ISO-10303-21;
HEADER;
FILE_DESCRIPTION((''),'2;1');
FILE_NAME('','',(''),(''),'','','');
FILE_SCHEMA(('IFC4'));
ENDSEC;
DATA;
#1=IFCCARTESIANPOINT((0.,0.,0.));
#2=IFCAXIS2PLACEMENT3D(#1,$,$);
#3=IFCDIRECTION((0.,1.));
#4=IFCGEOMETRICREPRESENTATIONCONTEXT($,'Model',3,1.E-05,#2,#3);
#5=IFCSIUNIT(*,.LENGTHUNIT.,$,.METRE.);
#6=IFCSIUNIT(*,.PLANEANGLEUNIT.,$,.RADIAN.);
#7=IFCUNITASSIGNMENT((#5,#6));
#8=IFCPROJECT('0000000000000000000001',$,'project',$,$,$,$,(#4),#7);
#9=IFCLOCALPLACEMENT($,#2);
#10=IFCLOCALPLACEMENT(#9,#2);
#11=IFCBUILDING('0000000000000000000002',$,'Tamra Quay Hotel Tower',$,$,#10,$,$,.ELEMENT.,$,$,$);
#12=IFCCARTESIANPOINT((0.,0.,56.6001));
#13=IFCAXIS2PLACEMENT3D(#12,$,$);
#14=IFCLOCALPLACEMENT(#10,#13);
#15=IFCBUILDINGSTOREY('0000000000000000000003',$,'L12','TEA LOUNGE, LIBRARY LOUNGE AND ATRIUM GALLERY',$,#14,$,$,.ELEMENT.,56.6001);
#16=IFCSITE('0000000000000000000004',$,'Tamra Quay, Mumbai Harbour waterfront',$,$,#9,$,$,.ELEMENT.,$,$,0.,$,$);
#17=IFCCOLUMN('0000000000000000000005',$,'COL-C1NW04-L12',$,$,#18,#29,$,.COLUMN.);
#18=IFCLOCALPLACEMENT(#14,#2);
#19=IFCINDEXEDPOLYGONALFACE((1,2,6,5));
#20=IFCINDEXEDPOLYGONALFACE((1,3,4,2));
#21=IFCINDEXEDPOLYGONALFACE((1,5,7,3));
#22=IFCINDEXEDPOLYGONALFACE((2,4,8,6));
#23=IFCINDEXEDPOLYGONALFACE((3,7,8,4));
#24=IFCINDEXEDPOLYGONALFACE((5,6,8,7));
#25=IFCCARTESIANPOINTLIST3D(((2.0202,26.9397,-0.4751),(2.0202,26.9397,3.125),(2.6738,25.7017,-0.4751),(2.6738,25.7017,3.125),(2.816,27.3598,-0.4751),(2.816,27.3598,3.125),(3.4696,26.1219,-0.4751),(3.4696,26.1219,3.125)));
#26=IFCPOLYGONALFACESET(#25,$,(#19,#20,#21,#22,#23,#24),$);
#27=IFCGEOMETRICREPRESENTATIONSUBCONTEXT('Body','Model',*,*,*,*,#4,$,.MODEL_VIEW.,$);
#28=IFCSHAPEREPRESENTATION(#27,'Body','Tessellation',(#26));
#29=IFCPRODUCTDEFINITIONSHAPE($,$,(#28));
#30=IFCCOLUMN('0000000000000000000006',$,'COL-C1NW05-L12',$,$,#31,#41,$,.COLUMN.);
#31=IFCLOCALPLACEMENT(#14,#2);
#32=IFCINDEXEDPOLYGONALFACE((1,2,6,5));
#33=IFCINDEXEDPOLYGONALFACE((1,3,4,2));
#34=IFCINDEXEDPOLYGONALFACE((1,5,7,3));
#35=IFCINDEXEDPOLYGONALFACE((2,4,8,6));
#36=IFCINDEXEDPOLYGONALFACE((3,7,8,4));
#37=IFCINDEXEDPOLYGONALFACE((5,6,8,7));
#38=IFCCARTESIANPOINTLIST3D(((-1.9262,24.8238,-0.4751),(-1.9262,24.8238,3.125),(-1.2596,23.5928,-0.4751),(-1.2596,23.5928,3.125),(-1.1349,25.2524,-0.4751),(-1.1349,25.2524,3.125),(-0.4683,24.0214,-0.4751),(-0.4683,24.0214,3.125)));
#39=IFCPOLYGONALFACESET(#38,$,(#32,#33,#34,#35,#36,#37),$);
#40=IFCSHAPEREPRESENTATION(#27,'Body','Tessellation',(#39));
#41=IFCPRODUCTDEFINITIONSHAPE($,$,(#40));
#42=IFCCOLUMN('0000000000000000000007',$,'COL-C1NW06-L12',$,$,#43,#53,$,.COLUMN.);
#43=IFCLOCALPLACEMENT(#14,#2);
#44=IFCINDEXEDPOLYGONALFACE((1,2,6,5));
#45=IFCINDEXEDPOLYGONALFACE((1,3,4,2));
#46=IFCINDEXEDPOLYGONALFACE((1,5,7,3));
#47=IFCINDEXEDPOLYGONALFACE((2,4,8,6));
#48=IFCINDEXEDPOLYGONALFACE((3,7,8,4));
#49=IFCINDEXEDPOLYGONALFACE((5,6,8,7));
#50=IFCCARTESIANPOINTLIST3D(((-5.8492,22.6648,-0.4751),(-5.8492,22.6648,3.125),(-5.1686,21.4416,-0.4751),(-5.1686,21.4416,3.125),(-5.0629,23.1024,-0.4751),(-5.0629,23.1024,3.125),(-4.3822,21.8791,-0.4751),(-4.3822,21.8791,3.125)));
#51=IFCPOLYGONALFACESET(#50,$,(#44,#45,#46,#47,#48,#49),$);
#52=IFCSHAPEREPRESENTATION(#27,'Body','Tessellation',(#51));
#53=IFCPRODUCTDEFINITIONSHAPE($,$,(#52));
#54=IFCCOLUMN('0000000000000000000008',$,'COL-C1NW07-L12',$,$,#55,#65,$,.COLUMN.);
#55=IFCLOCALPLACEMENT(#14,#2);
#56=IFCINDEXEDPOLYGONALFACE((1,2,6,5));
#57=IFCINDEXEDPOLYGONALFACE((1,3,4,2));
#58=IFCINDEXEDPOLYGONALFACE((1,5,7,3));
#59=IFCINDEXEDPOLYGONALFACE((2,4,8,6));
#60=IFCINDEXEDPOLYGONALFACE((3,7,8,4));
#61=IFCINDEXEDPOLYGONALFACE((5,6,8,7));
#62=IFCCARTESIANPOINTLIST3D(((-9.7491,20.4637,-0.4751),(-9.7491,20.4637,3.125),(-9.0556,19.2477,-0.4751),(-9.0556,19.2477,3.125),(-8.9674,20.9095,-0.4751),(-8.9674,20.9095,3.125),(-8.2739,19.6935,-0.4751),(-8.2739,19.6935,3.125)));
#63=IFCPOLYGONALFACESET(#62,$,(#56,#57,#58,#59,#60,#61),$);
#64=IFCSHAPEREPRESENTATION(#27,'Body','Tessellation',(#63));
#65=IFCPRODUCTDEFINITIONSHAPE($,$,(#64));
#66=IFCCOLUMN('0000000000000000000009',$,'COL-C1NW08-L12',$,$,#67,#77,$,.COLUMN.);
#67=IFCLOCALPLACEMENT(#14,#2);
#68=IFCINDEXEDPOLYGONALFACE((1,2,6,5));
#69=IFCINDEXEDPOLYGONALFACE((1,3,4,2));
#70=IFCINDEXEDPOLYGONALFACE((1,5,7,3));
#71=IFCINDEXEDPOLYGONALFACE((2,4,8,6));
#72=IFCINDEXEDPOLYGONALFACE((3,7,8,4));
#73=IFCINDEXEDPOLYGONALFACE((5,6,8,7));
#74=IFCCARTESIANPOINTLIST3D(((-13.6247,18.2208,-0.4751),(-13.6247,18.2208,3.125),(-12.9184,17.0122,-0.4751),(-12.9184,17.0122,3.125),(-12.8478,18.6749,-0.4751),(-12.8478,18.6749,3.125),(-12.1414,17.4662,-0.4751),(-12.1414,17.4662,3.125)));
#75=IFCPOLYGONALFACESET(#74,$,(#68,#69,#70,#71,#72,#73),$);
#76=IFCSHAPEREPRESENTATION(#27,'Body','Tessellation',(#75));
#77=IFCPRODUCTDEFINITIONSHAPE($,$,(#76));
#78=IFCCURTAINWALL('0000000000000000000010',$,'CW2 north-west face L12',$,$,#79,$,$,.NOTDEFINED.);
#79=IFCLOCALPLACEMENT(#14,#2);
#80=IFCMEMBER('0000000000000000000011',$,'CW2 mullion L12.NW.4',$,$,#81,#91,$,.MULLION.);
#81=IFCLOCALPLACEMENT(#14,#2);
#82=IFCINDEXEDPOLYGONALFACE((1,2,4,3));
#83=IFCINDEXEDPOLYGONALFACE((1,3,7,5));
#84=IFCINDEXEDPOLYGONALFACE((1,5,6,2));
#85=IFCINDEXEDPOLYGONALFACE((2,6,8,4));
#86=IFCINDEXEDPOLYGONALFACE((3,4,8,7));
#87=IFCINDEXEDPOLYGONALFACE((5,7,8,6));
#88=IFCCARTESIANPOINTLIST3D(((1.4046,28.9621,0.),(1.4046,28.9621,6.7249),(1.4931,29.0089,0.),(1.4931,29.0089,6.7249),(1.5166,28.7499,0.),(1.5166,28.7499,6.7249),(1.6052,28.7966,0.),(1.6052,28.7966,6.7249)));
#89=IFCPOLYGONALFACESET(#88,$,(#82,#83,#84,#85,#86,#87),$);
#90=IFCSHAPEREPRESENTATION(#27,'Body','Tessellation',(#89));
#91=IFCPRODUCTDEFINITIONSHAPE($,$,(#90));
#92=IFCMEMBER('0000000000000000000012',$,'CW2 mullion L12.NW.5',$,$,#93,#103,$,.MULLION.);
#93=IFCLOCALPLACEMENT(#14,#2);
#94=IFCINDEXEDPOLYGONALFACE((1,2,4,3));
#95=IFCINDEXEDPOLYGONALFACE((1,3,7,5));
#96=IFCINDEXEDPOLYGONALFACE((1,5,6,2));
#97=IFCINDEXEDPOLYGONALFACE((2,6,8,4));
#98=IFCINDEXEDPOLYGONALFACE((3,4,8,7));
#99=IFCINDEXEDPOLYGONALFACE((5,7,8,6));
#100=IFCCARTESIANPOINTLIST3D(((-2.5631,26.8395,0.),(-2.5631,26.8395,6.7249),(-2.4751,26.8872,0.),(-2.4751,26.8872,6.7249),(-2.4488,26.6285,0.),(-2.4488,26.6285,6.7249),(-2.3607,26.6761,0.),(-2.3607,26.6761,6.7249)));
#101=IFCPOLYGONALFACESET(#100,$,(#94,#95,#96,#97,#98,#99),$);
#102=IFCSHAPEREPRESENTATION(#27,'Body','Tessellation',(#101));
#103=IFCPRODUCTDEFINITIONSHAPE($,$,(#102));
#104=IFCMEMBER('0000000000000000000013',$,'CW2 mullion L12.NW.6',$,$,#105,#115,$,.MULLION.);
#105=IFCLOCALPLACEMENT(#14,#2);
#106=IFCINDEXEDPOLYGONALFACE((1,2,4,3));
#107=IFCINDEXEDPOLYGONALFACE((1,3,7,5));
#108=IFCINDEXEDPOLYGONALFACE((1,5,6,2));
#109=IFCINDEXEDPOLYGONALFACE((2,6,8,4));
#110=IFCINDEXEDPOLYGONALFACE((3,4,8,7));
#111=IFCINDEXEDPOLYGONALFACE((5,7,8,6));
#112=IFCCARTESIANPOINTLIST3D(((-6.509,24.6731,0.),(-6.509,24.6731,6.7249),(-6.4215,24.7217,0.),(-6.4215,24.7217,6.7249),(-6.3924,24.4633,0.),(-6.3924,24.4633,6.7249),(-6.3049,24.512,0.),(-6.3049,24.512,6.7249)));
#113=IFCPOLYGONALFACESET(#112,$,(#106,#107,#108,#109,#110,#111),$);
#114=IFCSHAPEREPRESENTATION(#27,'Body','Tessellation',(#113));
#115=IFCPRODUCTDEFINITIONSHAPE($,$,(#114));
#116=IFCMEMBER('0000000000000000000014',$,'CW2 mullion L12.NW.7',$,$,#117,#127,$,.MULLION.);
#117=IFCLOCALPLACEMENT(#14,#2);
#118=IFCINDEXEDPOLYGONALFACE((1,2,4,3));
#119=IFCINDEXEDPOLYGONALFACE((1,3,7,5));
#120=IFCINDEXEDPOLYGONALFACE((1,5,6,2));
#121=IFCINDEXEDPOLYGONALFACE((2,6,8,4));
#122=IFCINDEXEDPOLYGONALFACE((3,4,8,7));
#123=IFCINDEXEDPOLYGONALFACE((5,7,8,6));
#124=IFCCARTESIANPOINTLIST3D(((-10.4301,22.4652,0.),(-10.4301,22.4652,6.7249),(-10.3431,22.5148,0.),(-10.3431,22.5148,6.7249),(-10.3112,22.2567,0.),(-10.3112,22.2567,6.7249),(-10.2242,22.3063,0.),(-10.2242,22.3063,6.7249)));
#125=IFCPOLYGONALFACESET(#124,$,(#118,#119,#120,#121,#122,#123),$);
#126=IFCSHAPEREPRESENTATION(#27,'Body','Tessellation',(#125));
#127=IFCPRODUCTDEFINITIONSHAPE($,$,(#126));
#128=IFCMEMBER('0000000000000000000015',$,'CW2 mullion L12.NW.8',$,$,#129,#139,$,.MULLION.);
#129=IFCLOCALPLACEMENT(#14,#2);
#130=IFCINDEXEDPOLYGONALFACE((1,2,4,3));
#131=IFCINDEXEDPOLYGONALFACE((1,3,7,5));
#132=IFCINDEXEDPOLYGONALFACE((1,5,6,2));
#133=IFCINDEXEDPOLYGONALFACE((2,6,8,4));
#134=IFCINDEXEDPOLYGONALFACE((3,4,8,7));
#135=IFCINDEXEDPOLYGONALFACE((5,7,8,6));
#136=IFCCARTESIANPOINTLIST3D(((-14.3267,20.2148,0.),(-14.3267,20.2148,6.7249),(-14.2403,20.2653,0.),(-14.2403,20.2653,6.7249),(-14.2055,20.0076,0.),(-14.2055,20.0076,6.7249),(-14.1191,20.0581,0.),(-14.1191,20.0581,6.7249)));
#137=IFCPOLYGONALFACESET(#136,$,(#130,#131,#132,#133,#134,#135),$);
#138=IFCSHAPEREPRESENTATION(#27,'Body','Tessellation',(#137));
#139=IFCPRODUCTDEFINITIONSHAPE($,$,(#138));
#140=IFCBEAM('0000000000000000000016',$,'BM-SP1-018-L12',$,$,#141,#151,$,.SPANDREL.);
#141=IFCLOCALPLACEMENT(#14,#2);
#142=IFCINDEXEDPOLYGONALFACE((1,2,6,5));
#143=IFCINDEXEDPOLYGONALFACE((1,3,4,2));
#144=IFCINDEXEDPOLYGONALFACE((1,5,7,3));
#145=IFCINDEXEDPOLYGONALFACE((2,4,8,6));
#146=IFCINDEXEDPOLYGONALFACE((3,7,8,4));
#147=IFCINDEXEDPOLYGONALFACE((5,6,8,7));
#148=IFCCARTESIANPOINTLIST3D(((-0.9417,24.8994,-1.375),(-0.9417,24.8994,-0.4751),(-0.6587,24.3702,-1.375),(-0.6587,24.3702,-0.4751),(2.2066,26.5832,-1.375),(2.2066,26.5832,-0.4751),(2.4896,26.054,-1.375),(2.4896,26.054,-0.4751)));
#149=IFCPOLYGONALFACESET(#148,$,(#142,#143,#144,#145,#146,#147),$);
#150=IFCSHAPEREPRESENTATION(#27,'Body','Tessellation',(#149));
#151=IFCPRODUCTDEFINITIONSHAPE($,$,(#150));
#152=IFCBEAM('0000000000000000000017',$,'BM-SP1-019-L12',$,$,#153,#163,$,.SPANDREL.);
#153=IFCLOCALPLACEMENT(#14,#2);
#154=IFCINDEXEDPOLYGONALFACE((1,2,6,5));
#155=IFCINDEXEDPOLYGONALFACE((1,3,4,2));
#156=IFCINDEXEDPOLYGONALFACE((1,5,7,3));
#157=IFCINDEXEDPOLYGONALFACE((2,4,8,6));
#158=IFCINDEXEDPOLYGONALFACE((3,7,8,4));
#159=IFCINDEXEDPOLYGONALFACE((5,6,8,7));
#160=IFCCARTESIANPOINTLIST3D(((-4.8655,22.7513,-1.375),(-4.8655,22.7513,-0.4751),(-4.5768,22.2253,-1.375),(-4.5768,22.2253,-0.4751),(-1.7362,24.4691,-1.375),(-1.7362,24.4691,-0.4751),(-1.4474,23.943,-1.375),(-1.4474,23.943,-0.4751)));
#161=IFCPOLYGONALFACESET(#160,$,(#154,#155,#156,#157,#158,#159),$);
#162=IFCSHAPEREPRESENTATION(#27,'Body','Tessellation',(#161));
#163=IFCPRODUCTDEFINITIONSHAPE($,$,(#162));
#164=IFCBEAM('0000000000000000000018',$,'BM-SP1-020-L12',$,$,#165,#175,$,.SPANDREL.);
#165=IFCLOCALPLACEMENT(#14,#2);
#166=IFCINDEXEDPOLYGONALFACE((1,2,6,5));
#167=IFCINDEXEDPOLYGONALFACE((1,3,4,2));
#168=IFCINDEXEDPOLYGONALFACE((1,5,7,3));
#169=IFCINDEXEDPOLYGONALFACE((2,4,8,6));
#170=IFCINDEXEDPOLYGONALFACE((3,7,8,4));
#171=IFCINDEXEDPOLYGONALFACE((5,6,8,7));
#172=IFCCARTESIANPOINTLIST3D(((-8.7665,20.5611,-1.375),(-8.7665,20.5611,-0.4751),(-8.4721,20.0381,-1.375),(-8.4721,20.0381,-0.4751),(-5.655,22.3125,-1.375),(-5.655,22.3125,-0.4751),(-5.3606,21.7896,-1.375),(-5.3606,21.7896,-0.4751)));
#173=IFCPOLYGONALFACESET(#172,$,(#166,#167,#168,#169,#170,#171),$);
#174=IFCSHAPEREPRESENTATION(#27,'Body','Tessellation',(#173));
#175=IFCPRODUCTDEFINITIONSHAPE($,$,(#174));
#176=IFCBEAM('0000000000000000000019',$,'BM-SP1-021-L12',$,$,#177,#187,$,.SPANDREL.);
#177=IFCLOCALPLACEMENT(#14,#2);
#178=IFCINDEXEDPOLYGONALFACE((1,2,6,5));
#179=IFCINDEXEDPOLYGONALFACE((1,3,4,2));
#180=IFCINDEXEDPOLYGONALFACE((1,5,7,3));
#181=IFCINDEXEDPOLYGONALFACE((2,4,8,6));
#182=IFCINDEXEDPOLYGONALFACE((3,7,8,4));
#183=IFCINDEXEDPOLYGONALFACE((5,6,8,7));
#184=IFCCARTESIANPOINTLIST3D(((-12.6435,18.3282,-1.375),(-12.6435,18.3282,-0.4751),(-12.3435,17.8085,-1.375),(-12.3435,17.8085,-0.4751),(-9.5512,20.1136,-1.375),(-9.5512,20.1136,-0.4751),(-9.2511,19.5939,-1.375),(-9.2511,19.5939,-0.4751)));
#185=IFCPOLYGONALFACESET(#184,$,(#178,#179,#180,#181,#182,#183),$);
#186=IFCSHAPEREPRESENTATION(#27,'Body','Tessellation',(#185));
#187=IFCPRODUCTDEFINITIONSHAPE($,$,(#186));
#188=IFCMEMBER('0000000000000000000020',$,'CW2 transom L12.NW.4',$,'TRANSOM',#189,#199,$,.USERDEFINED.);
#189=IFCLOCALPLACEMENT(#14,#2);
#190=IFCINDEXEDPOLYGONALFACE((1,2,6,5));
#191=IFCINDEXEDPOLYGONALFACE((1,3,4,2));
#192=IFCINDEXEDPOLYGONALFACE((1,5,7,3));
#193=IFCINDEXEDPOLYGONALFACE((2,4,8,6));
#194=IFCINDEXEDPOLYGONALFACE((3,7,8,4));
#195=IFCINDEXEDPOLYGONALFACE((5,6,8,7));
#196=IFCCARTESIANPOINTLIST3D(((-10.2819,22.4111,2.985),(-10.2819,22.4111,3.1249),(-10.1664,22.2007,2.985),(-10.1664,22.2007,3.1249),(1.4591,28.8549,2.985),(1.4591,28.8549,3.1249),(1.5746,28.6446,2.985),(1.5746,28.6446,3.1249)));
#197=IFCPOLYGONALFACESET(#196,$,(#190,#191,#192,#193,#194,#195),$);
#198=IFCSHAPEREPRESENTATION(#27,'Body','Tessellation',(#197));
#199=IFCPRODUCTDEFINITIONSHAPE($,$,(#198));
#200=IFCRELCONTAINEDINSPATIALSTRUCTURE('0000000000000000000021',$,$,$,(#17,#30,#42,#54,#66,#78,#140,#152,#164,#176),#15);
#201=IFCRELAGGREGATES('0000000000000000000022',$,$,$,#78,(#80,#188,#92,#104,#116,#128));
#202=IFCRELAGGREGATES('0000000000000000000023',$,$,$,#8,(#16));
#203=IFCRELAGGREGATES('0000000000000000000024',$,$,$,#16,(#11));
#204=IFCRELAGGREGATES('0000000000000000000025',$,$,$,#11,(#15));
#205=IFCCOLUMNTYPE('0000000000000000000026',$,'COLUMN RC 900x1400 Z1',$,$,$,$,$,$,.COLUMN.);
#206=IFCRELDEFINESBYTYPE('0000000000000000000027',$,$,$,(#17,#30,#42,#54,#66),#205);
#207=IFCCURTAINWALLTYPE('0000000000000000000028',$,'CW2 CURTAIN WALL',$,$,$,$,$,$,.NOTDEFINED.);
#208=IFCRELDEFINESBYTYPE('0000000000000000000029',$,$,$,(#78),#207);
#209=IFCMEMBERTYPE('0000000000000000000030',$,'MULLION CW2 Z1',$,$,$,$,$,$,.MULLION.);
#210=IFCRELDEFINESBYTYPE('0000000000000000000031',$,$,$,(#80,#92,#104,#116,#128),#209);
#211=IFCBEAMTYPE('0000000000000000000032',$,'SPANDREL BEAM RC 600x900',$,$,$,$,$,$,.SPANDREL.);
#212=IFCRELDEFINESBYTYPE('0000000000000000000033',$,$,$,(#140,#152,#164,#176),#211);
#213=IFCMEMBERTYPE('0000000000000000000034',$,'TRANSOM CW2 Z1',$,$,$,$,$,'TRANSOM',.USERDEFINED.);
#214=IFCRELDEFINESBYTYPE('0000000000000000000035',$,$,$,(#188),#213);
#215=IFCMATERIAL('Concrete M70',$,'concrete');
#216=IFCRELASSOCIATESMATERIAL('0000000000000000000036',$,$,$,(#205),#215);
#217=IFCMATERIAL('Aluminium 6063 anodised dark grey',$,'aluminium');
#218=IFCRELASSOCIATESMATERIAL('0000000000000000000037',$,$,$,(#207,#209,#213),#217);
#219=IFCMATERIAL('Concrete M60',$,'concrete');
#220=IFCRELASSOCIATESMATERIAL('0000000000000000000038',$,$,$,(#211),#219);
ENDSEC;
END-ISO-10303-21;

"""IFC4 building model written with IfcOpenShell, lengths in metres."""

from ifc_helpers import new_model, si_unit, direction, frame, origin, origin_2d, place, context, subcontext, project, spatial, rectangle, extrude, material, material_profile, profile_set, type_object, element, aggregate, save


model = new_model("IFC4")

# Units and contexts
model_context = context("Model", 3, precision=1e-05, world=origin(), true_north=direction((0.0, 1.0)))
body_context = subcontext(model_context, "Body", "Model", "MODEL_VIEW")
ifc_project = project(units=[si_unit("LENGTHUNIT", "METRE"), si_unit("PLANEANGLEUNIT", "RADIAN")], contexts=[model_context])

# Site, building, storey
site_placement = place(None, origin())
site = spatial("IfcSite", under=ifc_project, at=site_placement, Name="Tamra Quay, Mumbai Harbour waterfront", CompositionType="ELEMENT", RefElevation=0.0)
building_placement = place(site_placement, origin())
building = spatial("IfcBuilding", under=site, at=building_placement, Name="Tamra Quay Hotel Tower", CompositionType="ELEMENT")
storey_placement = place(building_placement, frame((0.0, 0.0, 56.6001)))
storey = spatial("IfcBuildingStorey", under=building, at=storey_placement, Name="L12", Description="TEA LOUNGE, LIBRARY LOUNGE AND ATRIUM GALLERY", CompositionType="ELEMENT", Elevation=56.6001)

# Columns
ifc_material_1 = material(Name="Concrete M70", Category="concrete")
ifc_material_profile_1 = material_profile(ifc_material_1, rectangle(XDim=1.3999, YDim=0.8999, at=origin_2d()), Name="COLUMN RC 900x1400 Z1")
ifc_profile_set_1 = profile_set([ifc_material_profile_1], Name="Concrete M70")
column_type = type_object("IfcColumnType", Name="COLUMN RC 900x1400 Z1", PredefinedType="COLUMN", material=ifc_profile_set_1)
for number, where, z_axis, x_axis, name in (
    (1, (2.7449, 26.5308, -0.4751), (0.0, 0.0, 1.0), (-0.466896, 0.884312, 0.0), "COL-C1NW04-L12"),
    (2, (-1.1973, 24.4226, -0.4751), (0.0, 0.0, 1.0), (-0.476198, 0.879338, 0.0), "COL-C1NW05-L12"),
    (3, (-5.1157, 22.272, -0.4751), (0.0, 0.0, 1.0), (-0.486221, 0.873836, 0.0), "COL-C1NW06-L12"),
    (4, (-9.0115, 20.0786, -0.4751), (0.0, 0.0, 1.0), (-0.495421, 0.868653, 0.0), "COL-C1NW07-L12"),
    (5, (-12.8831, 17.8435, -0.4751), (0.0, 0.0, 1.0), (-0.504565, 0.863374, 0.0), "COL-C1NW08-L12"),
):
    element("IfcColumn", number, at=place(storey_placement, frame(where, z_axis=z_axis, x_axis=x_axis)), inside=storey, type_object=column_type, Name=name, PredefinedType="COLUMN", context=body_context, shape_type="SweptSolid", body=[
        extrude(rectangle(XDim=1.3999, YDim=0.8999, at=origin_2d()), origin(), (0.0, 0.0, 1.0), 3.6001),
    ])

# Curtain wall, members
ifc_material_2 = material(Name="Aluminium 6063 anodised dark grey", Category="aluminium")
curtain_wall_type = type_object("IfcCurtainWallType", Name="CW2 CURTAIN WALL", PredefinedType="NOTDEFINED", material=ifc_material_2)
curtain_wall_placement = place(storey_placement, origin())
curtain_wall = element("IfcCurtainWall", 6, at=curtain_wall_placement, inside=storey, type_object=curtain_wall_type, Name="CW2 north-west face L12", PredefinedType="NOTDEFINED")
ifc_material_profile_2 = material_profile(ifc_material_2, rectangle(XDim=0.24, YDim=0.1001, at=origin_2d()), Name="MULLION 100X240")
ifc_profile_set_2 = profile_set([ifc_material_profile_2], Name="Aluminium 6063 anodised dark grey")
member_type_1 = type_object("IfcMemberType", Name="MULLION CW2 Z1", PredefinedType="MULLION", material=ifc_profile_set_2)
member_1_placement = place(storey_placement, frame((1.5049, 28.8794, 0.0), z_axis=(0.0, 0.0, 1.0), x_axis=(-0.466835, 0.884344, 0.0)))
member_1 = element("IfcMember", 7, at=member_1_placement, type_object=member_type_1, Name="CW2 mullion L12.NW.4", PredefinedType="MULLION", context=body_context, shape_type="SweptSolid", body=[
    extrude(rectangle(XDim=0.24, YDim=0.1001, at=origin_2d()), origin(), (0.0, 0.0, 1.0), 6.7249),
])
member_2_placement = place(storey_placement, frame((-2.4619, 26.7578, 0.0), z_axis=(0.0, 0.0, 1.0), x_axis=(-0.476377, 0.879241, 0.0)))
member_2 = element("IfcMember", 8, at=member_2_placement, type_object=member_type_1, Name="CW2 mullion L12.NW.5", PredefinedType="MULLION", context=body_context, shape_type="SweptSolid", body=[
    extrude(rectangle(XDim=0.24, YDim=0.1001, at=origin_2d()), origin(), (0.0, 0.0, 1.0), 6.7249),
])
member_3_placement = place(storey_placement, frame((-6.407, 24.5925, 0.0), z_axis=(0.0, 0.0, 1.0), x_axis=(-0.485864, 0.874035, 0.0)))
member_3 = element("IfcMember", 9, at=member_3_placement, type_object=member_type_1, Name="CW2 mullion L12.NW.6", PredefinedType="MULLION", context=body_context, shape_type="SweptSolid", body=[
    extrude(rectangle(XDim=0.24, YDim=0.1001, at=origin_2d()), origin(), (0.0, 0.0, 1.0), 6.7249),
])
member_4_placement = place(storey_placement, frame((-10.3271, 22.3857, 0.0), z_axis=(0.0, 0.0, 1.0), x_axis=(-0.495301, 0.868722, 0.0)))
member_4 = element("IfcMember", 10, at=member_4_placement, type_object=member_type_1, Name="CW2 mullion L12.NW.7", PredefinedType="MULLION", context=body_context, shape_type="SweptSolid", body=[
    extrude(rectangle(XDim=0.24, YDim=0.1001, at=origin_2d()), origin(), (0.0, 0.0, 1.0), 6.7249),
])
member_5_placement = place(storey_placement, frame((-14.2229, 20.1365, 0.0), z_axis=(0.0, 0.0, 1.0), x_axis=(-0.504685, 0.863304, 0.0)))
member_5 = element("IfcMember", 11, at=member_5_placement, type_object=member_type_1, Name="CW2 mullion L12.NW.8", PredefinedType="MULLION", context=body_context, shape_type="SweptSolid", body=[
    extrude(rectangle(XDim=0.24, YDim=0.1001, at=origin_2d()), origin(), (0.0, 0.0, 1.0), 6.7249),
])

# Beams
ifc_material_3 = material(Name="Concrete M60", Category="concrete")
ifc_material_profile_3 = material_profile(ifc_material_3, rectangle(XDim=0.6001, YDim=0.8999, at=origin_2d()), Name="SPANDREL BEAM RC 600x900")
ifc_profile_set_3 = profile_set([ifc_material_profile_3], Name="Concrete M60")
beam_type = type_object("IfcBeamType", Name="SPANDREL BEAM RC 600x900", PredefinedType="SPANDREL", material=ifc_profile_set_3)
beam_1_placement = place(storey_placement, frame((2.3481, 26.3186, -0.925), z_axis=(-0.881809, -0.471607, 0.0), x_axis=(0.471607, -0.881809, 0.0)))
element("IfcBeam", 12, at=beam_1_placement, inside=storey, type_object=beam_type, Name="BM-SP1-018-L12", PredefinedType="SPANDREL", context=body_context, shape_type="SweptSolid", body=[
    extrude(rectangle(XDim=0.6001, YDim=0.8999, at=origin_2d()), origin(), (0.0, 0.0, 1.0), 3.5703),
])
beam_2_placement = place(storey_placement, frame((-1.5918, 24.2061, -0.925), z_axis=(-0.876617, -0.481189, 0.0), x_axis=(0.481189, -0.876617, 0.0)))
element("IfcBeam", 13, at=beam_2_placement, inside=storey, type_object=beam_type, Name="BM-SP1-019-L12", PredefinedType="SPANDREL", context=body_context, shape_type="SweptSolid", body=[
    extrude(rectangle(XDim=0.6001, YDim=0.8999, at=origin_2d()), origin(), (0.0, 0.0, 1.0), 3.5698),
])
beam_3_placement = place(storey_placement, frame((-5.5078, 22.051, -0.925), z_axis=(-0.871431, -0.490518, 0.0), x_axis=(0.490518, -0.871431, 0.0)))
element("IfcBeam", 14, at=beam_3_placement, inside=storey, type_object=beam_type, Name="BM-SP1-020-L12", PredefinedType="SPANDREL", context=body_context, shape_type="SweptSolid", body=[
    extrude(rectangle(XDim=0.6001, YDim=0.8999, at=origin_2d()), origin(), (0.0, 0.0, 1.0), 3.5706),
])
beam_4_placement = place(storey_placement, frame((-9.4011, 19.8538, -0.925), z_axis=(-0.866017, -0.500014, 0.0), x_axis=(0.500014, -0.866017, 0.0)))
element("IfcBeam", 15, at=beam_4_placement, inside=storey, type_object=beam_type, Name="BM-SP1-021-L12", PredefinedType="SPANDREL", context=body_context, shape_type="SweptSolid", body=[
    extrude(rectangle(XDim=0.6001, YDim=0.8999, at=origin_2d()), origin(), (0.0, 0.0, 1.0), 3.5708),
])

# Member
ifc_material_profile_4 = material_profile(ifc_material_2, rectangle(XDim=0.24, YDim=0.1399, at=origin_2d()), Name="TRANSOM 240X140")
ifc_profile_set_4 = profile_set([ifc_material_profile_4], Name="Aluminium 6063 anodised dark grey")
member_type_2 = type_object("IfcMemberType", Name="TRANSOM CW2 Z1", ElementType="TRANSOM", PredefinedType="USERDEFINED", material=ifc_profile_set_4)
member_6_placement = place(storey_placement, frame((1.5168, 28.7498, 3.0549), z_axis=(-0.876647, -0.481134, 0.0), x_axis=(0.481134, -0.876647, 0.0)))
member_6 = element("IfcMember", 16, at=member_6_placement, type_object=member_type_2, Name="CW2 transom L12.NW.4", ObjectType="TRANSOM", PredefinedType="USERDEFINED", context=body_context, shape_type="SweptSolid", body=[
    extrude(rectangle(XDim=0.24, YDim=0.1399, at=origin_2d()), origin(), (0.0, 0.0, 1.0), 13.3931),
])

aggregate(curtain_wall, [member_1, member_6, member_2, member_3, member_4, member_5])

save(model, "model.ifc")
